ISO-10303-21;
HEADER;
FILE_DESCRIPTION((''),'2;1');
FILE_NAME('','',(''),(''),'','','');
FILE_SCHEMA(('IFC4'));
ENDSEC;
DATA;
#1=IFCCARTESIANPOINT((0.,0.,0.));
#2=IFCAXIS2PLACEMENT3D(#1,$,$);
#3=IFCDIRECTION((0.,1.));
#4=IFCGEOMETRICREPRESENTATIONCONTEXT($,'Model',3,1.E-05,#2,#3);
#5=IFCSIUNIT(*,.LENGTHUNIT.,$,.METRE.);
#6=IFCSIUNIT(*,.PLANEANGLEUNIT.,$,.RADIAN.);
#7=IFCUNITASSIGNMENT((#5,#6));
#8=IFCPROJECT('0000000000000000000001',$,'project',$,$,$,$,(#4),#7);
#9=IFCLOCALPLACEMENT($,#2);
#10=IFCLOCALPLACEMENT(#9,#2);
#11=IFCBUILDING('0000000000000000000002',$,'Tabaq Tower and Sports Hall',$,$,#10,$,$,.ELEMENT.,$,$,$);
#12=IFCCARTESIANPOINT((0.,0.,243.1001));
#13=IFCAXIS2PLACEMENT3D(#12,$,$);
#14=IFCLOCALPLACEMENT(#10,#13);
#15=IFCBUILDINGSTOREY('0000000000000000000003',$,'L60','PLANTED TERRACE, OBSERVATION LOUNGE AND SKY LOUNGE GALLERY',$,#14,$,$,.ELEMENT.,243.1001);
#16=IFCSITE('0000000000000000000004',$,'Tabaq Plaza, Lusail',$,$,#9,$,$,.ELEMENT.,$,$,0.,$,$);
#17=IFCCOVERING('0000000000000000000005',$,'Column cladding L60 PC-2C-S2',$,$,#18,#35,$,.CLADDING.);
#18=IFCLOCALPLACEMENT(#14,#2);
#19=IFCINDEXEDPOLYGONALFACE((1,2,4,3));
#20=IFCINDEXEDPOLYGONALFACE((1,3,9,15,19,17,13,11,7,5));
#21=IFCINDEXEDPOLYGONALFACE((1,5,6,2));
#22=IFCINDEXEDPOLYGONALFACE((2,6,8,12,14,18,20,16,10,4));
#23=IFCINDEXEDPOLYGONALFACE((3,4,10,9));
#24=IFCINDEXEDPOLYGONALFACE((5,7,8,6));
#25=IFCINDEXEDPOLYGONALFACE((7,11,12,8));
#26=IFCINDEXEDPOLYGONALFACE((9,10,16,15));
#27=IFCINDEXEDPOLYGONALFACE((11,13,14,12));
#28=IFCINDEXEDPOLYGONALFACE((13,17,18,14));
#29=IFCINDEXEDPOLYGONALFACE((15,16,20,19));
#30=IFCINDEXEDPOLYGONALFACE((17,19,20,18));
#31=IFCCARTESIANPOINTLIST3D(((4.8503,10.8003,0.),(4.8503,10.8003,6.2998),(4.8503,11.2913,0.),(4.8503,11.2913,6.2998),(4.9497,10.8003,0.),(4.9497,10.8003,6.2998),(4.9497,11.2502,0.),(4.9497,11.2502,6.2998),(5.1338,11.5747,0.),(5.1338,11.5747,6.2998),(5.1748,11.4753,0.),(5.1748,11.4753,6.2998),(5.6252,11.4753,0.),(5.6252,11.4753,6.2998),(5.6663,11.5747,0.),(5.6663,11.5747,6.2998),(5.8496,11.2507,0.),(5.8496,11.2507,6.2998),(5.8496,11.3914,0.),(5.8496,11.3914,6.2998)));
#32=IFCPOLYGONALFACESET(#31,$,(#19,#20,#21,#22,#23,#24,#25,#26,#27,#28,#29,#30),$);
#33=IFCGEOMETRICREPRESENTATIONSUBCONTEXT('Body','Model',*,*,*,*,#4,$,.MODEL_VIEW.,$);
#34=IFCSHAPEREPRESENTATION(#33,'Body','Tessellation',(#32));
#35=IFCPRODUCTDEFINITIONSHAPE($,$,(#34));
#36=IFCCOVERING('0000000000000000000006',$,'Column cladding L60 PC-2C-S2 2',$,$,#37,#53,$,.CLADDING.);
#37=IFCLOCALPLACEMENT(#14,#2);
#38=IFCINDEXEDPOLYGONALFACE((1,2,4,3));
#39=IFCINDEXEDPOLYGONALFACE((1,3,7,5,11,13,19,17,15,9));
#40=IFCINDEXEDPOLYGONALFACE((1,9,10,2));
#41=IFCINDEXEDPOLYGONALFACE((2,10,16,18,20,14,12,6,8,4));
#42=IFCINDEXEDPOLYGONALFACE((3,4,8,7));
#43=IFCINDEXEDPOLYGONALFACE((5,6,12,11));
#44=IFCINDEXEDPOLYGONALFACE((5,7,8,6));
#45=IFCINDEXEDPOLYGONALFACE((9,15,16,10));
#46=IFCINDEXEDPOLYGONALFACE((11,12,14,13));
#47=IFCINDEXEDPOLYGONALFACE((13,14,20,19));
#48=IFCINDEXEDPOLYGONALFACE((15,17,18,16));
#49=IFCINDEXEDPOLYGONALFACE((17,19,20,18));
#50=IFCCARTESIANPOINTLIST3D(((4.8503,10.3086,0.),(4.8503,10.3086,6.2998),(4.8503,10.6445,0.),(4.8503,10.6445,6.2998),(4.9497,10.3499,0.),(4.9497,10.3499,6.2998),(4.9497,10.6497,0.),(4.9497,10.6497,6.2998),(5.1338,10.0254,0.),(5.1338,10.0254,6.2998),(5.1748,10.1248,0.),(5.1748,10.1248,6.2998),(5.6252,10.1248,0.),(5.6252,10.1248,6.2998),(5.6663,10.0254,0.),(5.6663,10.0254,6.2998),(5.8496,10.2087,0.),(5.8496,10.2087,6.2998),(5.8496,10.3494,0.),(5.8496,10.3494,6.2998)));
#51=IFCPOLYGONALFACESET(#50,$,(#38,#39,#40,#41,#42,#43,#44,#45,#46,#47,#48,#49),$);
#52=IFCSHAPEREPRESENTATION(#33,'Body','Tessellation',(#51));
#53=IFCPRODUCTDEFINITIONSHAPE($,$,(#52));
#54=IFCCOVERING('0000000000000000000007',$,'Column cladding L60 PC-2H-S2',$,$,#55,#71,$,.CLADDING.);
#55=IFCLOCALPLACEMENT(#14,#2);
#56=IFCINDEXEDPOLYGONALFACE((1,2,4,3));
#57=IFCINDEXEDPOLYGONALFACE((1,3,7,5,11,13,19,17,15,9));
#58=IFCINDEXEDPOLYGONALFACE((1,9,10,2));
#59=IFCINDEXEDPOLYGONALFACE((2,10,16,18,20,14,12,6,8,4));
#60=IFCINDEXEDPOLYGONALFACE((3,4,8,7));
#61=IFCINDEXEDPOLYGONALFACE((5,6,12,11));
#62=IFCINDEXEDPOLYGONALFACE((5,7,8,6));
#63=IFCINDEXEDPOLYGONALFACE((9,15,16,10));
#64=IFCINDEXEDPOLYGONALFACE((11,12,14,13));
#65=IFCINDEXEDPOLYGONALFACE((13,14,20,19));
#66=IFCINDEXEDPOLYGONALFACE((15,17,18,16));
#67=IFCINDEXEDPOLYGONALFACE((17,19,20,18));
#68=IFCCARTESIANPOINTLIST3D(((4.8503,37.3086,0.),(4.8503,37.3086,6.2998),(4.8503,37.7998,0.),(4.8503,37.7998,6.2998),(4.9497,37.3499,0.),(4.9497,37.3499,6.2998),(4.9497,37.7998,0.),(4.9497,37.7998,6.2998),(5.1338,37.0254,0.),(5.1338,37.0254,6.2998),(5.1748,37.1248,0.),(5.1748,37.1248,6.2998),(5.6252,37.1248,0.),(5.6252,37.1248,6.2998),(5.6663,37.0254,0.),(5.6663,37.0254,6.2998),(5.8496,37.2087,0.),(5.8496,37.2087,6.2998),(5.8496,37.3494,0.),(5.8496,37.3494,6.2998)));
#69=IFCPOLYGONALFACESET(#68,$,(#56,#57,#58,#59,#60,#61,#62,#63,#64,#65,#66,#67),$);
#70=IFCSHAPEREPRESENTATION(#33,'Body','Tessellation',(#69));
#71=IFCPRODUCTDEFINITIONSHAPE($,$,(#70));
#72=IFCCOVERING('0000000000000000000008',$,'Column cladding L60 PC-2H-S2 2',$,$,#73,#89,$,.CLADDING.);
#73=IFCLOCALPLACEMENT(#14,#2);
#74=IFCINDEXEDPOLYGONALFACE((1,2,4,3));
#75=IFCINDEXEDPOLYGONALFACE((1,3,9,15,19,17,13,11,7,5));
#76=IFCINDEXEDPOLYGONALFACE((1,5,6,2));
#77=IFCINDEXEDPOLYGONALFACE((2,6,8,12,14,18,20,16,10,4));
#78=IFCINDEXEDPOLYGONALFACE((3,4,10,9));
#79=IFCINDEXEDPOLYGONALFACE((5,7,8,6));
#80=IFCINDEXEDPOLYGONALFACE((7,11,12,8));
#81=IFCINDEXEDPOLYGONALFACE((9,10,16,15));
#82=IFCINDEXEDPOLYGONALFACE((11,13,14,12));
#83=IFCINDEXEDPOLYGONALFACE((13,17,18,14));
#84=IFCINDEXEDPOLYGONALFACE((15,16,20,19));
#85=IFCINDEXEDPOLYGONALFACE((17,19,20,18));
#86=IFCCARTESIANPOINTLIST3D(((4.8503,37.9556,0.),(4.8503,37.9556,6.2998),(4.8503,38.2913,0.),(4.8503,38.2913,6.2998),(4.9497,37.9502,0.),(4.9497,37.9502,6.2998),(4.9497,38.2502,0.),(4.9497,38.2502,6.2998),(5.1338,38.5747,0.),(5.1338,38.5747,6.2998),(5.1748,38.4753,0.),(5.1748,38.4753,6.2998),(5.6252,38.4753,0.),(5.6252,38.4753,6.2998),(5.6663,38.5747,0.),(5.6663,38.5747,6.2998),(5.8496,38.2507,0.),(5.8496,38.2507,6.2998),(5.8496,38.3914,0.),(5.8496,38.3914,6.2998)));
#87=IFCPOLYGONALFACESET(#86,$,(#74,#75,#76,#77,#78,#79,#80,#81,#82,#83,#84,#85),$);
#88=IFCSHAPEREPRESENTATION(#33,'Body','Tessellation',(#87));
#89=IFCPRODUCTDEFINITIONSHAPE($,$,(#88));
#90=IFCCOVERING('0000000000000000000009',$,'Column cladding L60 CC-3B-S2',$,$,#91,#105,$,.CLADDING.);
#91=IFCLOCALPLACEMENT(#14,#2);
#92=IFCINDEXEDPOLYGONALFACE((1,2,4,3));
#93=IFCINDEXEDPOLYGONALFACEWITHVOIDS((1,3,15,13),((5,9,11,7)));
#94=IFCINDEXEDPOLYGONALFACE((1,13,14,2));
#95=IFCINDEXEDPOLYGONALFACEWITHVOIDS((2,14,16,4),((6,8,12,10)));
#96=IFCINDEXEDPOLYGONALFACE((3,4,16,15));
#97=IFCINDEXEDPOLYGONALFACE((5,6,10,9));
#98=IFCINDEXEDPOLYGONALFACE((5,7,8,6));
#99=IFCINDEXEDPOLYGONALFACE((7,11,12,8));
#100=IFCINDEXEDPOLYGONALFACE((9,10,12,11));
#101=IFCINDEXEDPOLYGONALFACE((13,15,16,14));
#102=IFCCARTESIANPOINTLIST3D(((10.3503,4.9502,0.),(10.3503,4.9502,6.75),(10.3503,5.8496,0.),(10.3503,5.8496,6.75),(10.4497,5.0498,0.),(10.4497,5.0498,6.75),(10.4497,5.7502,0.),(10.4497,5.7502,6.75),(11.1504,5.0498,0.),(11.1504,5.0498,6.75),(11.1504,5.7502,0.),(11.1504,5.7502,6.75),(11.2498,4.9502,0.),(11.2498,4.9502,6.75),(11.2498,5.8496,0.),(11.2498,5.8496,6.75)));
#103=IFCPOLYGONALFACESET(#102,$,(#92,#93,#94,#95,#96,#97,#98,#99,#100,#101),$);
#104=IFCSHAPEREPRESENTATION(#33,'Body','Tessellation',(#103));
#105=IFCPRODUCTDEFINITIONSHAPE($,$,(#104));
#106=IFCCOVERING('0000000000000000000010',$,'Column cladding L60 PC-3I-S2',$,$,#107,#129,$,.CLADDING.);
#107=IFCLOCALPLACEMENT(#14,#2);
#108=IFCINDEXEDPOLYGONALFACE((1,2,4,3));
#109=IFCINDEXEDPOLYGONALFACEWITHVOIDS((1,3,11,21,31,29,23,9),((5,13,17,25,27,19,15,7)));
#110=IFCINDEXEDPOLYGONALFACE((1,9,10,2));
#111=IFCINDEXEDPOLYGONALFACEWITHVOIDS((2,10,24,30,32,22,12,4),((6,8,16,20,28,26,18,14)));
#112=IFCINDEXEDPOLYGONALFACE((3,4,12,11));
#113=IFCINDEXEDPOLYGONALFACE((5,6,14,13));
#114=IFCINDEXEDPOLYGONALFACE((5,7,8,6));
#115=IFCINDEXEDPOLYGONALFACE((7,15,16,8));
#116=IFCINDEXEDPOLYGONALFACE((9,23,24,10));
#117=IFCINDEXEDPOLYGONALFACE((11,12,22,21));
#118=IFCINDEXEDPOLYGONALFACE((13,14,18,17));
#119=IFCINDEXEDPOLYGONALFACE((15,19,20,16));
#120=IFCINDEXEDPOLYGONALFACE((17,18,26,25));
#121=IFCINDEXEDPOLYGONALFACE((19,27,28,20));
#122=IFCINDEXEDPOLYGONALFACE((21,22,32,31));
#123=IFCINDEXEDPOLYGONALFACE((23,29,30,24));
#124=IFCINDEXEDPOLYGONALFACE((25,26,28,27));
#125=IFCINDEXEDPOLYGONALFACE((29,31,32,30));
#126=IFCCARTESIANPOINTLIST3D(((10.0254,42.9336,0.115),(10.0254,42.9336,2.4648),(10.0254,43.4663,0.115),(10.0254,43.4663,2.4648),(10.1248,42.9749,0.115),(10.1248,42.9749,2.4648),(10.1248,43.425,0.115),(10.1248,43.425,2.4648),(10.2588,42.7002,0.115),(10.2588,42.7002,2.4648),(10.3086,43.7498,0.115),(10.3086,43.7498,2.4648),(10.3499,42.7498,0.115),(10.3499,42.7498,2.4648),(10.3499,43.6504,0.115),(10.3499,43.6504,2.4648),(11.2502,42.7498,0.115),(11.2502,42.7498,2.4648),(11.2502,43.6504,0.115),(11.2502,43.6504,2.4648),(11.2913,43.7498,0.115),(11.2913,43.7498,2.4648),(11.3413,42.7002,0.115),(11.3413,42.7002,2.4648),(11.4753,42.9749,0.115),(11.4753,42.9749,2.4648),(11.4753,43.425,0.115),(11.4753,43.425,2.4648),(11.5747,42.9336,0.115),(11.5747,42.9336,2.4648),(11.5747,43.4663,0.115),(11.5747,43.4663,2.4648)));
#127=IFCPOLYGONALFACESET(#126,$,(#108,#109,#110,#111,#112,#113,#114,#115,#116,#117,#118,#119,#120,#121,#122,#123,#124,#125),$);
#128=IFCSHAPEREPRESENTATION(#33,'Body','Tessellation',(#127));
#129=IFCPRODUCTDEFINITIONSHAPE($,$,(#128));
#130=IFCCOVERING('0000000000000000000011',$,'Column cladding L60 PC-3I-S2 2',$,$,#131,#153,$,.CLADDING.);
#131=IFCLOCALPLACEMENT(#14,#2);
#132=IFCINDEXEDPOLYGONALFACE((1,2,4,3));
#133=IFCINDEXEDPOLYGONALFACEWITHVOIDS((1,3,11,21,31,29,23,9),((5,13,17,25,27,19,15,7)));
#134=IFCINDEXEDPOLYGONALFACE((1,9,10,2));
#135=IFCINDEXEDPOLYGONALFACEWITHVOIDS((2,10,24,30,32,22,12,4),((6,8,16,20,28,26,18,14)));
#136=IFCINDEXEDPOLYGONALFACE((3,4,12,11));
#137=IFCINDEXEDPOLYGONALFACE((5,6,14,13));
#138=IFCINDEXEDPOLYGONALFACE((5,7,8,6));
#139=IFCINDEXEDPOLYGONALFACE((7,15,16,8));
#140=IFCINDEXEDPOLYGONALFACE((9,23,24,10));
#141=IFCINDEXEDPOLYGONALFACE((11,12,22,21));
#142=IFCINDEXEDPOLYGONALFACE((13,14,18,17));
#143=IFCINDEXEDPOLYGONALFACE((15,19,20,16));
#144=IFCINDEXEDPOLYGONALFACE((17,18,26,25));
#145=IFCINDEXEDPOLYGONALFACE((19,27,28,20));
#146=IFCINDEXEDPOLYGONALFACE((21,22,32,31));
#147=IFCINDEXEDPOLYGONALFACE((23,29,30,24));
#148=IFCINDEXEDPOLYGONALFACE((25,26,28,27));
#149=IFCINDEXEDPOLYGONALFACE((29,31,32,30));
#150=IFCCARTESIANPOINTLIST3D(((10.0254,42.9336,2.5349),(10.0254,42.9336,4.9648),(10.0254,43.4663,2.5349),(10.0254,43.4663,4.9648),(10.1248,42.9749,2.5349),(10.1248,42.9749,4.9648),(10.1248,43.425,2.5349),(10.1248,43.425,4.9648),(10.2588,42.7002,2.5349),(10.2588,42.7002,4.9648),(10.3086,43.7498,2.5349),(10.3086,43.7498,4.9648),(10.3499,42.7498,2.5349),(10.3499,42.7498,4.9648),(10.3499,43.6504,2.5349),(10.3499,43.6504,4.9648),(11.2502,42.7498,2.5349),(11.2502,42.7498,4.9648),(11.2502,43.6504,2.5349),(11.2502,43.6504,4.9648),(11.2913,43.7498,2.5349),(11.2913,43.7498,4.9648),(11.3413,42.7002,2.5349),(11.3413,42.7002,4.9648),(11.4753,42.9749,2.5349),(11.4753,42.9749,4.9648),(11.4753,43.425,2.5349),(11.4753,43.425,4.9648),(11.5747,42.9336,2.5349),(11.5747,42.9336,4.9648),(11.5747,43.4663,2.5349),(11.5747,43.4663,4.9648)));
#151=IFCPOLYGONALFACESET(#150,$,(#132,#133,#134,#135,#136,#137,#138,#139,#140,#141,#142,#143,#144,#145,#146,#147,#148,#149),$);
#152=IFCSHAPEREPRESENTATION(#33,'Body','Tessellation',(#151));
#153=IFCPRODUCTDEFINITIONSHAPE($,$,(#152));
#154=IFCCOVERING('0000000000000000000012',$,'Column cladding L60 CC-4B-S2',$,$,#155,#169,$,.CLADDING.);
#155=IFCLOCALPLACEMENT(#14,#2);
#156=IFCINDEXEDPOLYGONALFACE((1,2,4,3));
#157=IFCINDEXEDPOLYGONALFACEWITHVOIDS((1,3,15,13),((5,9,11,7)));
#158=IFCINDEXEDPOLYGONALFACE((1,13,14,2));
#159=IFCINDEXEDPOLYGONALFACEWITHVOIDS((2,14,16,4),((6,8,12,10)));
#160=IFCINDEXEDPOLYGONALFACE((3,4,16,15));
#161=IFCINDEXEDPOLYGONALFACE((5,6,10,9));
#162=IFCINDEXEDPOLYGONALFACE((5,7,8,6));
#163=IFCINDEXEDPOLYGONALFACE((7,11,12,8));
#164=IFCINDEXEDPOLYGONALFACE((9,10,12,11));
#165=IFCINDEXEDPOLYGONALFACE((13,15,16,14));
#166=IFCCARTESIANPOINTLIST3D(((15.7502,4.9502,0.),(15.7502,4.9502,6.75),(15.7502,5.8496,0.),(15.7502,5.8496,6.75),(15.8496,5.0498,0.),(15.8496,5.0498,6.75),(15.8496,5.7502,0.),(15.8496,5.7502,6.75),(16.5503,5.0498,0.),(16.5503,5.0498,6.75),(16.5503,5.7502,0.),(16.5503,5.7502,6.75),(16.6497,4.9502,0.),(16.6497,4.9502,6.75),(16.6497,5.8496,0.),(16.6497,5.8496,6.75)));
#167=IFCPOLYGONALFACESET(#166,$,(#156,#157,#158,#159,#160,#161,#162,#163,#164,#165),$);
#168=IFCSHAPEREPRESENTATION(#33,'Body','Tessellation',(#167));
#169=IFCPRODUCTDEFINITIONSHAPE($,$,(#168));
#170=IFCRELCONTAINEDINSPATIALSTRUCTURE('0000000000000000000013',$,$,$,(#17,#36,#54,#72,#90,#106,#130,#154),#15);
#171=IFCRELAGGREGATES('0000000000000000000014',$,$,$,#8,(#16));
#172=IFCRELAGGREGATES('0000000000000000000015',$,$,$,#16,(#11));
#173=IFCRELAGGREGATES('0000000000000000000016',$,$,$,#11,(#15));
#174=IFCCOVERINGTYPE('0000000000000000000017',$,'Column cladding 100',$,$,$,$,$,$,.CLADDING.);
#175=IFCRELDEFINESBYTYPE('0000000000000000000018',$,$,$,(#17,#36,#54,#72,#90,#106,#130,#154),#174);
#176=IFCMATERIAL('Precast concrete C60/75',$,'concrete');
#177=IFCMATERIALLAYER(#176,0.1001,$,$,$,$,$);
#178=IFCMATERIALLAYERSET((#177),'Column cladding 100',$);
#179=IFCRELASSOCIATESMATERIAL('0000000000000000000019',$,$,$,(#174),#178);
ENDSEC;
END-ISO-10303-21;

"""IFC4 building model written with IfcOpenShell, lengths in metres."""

from ifc_helpers import new_model, si_unit, direction, frame, origin, place, context, subcontext, project, spatial, polyline, outline, extrude, material, layer, layer_set, type_object, element, save


model = new_model("IFC4")

# Units and contexts
model_context = context("Model", 3, precision=1e-05, world=origin(), true_north=direction((0.0, 1.0)))
body_context = subcontext(model_context, "Body", "Model", "MODEL_VIEW")
ifc_project = project(units=[si_unit("LENGTHUNIT", "METRE"), si_unit("PLANEANGLEUNIT", "RADIAN")], contexts=[model_context])

# Site, building, storey
site_placement = place(None, origin())
site = spatial("IfcSite", under=ifc_project, at=site_placement, Name="Tabaq Plaza, Lusail", CompositionType="ELEMENT", RefElevation=0.0)
building_placement = place(site_placement, origin())
building = spatial("IfcBuilding", under=site, at=building_placement, Name="Tabaq Tower and Sports Hall", CompositionType="ELEMENT")
storey_placement = place(building_placement, frame((0.0, 0.0, 243.1001)))
storey = spatial("IfcBuildingStorey", under=building, at=storey_placement, Name="L60", Description="PLANTED TERRACE, OBSERVATION LOUNGE AND SKY LOUNGE GALLERY", CompositionType="ELEMENT", Elevation=243.1001)

# Coverings
ifc_material_1 = material(Name="Precast concrete C60/75", Category="concrete")
ifc_layer_1 = layer(ifc_material_1, 0.1001)
ifc_layer_set_1 = layer_set([ifc_layer_1], Name="Column cladding 100")
covering_type = type_object("IfcCoveringType", Name="Column cladding 100", PredefinedType="CLADDING", material=ifc_layer_set_1)
covering_1_placement = place(storey_placement, origin())
element("IfcCovering", 1, at=covering_1_placement, inside=storey, type_object=covering_type, Name="Column cladding L60 PC-2C-S2", PredefinedType="CLADDING", context=body_context, shape_type="SweptSolid", body=[
    extrude(outline(polyline([(4.8503, 11.2913), (5.1338, 11.5747), (5.6663, 11.5747), (5.8496, 11.3914), (5.8496, 11.2507), (5.6252, 11.4753), (5.1748, 11.4753), (4.9497, 11.2502), (4.9497, 10.8003), (4.8503, 10.8003), (4.8503, 11.2913)])), origin(), (0.0, 0.0, 1.0), 6.2998),
])
covering_2_placement = place(storey_placement, origin())
element("IfcCovering", 2, at=covering_2_placement, inside=storey, type_object=covering_type, Name="Column cladding L60 PC-2C-S2 2", PredefinedType="CLADDING", context=body_context, shape_type="SweptSolid", body=[
    extrude(outline(polyline([(5.1338, 10.0254), (4.8503, 10.3086), (4.8503, 10.6445), (4.9497, 10.6497), (4.9497, 10.3499), (5.1748, 10.1248), (5.6252, 10.1248), (5.8496, 10.3494), (5.8496, 10.2087), (5.6663, 10.0254), (5.1338, 10.0254)])), origin(), (0.0, 0.0, 1.0), 6.2998),
])
covering_3_placement = place(storey_placement, origin())
element("IfcCovering", 3, at=covering_3_placement, inside=storey, type_object=covering_type, Name="Column cladding L60 PC-2H-S2", PredefinedType="CLADDING", context=body_context, shape_type="SweptSolid", body=[
    extrude(outline(polyline([(5.1338, 37.0254), (4.8503, 37.3086), (4.8503, 37.7998), (4.9497, 37.7998), (4.9497, 37.3499), (5.1748, 37.1248), (5.6252, 37.1248), (5.8496, 37.3494), (5.8496, 37.2087), (5.6663, 37.0254), (5.1338, 37.0254)])), origin(), (0.0, 0.0, 1.0), 6.2998),
])
covering_4_placement = place(storey_placement, origin())
element("IfcCovering", 4, at=covering_4_placement, inside=storey, type_object=covering_type, Name="Column cladding L60 PC-2H-S2 2", PredefinedType="CLADDING", context=body_context, shape_type="SweptSolid", body=[
    extrude(outline(polyline([(4.8503, 38.2913), (5.1338, 38.5747), (5.6663, 38.5747), (5.8496, 38.3914), (5.8496, 38.2507), (5.6252, 38.4753), (5.1748, 38.4753), (4.9497, 38.2502), (4.9497, 37.9502), (4.8503, 37.9556), (4.8503, 38.2913)])), origin(), (0.0, 0.0, 1.0), 6.2998),
])
covering_5_placement = place(storey_placement, origin())
element("IfcCovering", 5, at=covering_5_placement, inside=storey, type_object=covering_type, Name="Column cladding L60 CC-3B-S2", PredefinedType="CLADDING", context=body_context, shape_type="SweptSolid", body=[
    extrude(outline(polyline([(10.3503, 5.8496), (11.2498, 5.8496), (11.2498, 4.9502), (10.3503, 4.9502), (10.3503, 5.8496)]), holes=[polyline([(11.1504, 5.0498), (11.1504, 5.7502), (10.4497, 5.7502), (10.4497, 5.0498), (11.1504, 5.0498)])]), origin(), (0.0, 0.0, 1.0), 6.75),
])
covering_6_placement = place(storey_placement, frame((0.0, 0.0, 0.115)))
element("IfcCovering", 6, at=covering_6_placement, inside=storey, type_object=covering_type, Name="Column cladding L60 PC-3I-S2", PredefinedType="CLADDING", context=body_context, shape_type="SweptSolid", body=[
    extrude(outline(polyline([(10.0254, 43.4663), (10.3086, 43.7498), (11.2913, 43.7498), (11.5747, 43.4663), (11.5747, 42.9336), (11.3413, 42.7002), (10.2588, 42.7002), (10.0254, 42.9336), (10.0254, 43.4663)]), holes=[polyline([(11.4753, 42.9749), (11.4753, 43.425), (11.2502, 43.6504), (10.3499, 43.6504), (10.1248, 43.425), (10.1248, 42.9749), (10.3499, 42.7498), (11.2502, 42.7498), (11.4753, 42.9749)])]), origin(), (0.0, 0.0, 1.0), 2.3499),
])
covering_7_placement = place(storey_placement, frame((0.0, 0.0, 2.5349)))
element("IfcCovering", 7, at=covering_7_placement, inside=storey, type_object=covering_type, Name="Column cladding L60 PC-3I-S2 2", PredefinedType="CLADDING", context=body_context, shape_type="SweptSolid", body=[
    extrude(outline(polyline([(10.0254, 43.4663), (10.3086, 43.7498), (11.2913, 43.7498), (11.5747, 43.4663), (11.5747, 42.9336), (11.3413, 42.7002), (10.2588, 42.7002), (10.0254, 42.9336), (10.0254, 43.4663)]), holes=[polyline([(11.4753, 42.9749), (11.4753, 43.425), (11.2502, 43.6504), (10.3499, 43.6504), (10.1248, 43.425), (10.1248, 42.9749), (10.3499, 42.7498), (11.2502, 42.7498), (11.4753, 42.9749)])]), origin(), (0.0, 0.0, 1.0), 2.4299),
])
covering_8_placement = place(storey_placement, origin())
element("IfcCovering", 8, at=covering_8_placement, inside=storey, type_object=covering_type, Name="Column cladding L60 CC-4B-S2", PredefinedType="CLADDING", context=body_context, shape_type="SweptSolid", body=[
    extrude(outline(polyline([(15.7502, 5.8496), (16.6497, 5.8496), (16.6497, 4.9502), (15.7502, 4.9502), (15.7502, 5.8496)]), holes=[polyline([(16.5503, 5.0498), (16.5503, 5.7502), (15.8496, 5.7502), (15.8496, 5.0498), (16.5503, 5.0498)])]), origin(), (0.0, 0.0, 1.0), 6.75),
])

save(model, "model.ifc")
